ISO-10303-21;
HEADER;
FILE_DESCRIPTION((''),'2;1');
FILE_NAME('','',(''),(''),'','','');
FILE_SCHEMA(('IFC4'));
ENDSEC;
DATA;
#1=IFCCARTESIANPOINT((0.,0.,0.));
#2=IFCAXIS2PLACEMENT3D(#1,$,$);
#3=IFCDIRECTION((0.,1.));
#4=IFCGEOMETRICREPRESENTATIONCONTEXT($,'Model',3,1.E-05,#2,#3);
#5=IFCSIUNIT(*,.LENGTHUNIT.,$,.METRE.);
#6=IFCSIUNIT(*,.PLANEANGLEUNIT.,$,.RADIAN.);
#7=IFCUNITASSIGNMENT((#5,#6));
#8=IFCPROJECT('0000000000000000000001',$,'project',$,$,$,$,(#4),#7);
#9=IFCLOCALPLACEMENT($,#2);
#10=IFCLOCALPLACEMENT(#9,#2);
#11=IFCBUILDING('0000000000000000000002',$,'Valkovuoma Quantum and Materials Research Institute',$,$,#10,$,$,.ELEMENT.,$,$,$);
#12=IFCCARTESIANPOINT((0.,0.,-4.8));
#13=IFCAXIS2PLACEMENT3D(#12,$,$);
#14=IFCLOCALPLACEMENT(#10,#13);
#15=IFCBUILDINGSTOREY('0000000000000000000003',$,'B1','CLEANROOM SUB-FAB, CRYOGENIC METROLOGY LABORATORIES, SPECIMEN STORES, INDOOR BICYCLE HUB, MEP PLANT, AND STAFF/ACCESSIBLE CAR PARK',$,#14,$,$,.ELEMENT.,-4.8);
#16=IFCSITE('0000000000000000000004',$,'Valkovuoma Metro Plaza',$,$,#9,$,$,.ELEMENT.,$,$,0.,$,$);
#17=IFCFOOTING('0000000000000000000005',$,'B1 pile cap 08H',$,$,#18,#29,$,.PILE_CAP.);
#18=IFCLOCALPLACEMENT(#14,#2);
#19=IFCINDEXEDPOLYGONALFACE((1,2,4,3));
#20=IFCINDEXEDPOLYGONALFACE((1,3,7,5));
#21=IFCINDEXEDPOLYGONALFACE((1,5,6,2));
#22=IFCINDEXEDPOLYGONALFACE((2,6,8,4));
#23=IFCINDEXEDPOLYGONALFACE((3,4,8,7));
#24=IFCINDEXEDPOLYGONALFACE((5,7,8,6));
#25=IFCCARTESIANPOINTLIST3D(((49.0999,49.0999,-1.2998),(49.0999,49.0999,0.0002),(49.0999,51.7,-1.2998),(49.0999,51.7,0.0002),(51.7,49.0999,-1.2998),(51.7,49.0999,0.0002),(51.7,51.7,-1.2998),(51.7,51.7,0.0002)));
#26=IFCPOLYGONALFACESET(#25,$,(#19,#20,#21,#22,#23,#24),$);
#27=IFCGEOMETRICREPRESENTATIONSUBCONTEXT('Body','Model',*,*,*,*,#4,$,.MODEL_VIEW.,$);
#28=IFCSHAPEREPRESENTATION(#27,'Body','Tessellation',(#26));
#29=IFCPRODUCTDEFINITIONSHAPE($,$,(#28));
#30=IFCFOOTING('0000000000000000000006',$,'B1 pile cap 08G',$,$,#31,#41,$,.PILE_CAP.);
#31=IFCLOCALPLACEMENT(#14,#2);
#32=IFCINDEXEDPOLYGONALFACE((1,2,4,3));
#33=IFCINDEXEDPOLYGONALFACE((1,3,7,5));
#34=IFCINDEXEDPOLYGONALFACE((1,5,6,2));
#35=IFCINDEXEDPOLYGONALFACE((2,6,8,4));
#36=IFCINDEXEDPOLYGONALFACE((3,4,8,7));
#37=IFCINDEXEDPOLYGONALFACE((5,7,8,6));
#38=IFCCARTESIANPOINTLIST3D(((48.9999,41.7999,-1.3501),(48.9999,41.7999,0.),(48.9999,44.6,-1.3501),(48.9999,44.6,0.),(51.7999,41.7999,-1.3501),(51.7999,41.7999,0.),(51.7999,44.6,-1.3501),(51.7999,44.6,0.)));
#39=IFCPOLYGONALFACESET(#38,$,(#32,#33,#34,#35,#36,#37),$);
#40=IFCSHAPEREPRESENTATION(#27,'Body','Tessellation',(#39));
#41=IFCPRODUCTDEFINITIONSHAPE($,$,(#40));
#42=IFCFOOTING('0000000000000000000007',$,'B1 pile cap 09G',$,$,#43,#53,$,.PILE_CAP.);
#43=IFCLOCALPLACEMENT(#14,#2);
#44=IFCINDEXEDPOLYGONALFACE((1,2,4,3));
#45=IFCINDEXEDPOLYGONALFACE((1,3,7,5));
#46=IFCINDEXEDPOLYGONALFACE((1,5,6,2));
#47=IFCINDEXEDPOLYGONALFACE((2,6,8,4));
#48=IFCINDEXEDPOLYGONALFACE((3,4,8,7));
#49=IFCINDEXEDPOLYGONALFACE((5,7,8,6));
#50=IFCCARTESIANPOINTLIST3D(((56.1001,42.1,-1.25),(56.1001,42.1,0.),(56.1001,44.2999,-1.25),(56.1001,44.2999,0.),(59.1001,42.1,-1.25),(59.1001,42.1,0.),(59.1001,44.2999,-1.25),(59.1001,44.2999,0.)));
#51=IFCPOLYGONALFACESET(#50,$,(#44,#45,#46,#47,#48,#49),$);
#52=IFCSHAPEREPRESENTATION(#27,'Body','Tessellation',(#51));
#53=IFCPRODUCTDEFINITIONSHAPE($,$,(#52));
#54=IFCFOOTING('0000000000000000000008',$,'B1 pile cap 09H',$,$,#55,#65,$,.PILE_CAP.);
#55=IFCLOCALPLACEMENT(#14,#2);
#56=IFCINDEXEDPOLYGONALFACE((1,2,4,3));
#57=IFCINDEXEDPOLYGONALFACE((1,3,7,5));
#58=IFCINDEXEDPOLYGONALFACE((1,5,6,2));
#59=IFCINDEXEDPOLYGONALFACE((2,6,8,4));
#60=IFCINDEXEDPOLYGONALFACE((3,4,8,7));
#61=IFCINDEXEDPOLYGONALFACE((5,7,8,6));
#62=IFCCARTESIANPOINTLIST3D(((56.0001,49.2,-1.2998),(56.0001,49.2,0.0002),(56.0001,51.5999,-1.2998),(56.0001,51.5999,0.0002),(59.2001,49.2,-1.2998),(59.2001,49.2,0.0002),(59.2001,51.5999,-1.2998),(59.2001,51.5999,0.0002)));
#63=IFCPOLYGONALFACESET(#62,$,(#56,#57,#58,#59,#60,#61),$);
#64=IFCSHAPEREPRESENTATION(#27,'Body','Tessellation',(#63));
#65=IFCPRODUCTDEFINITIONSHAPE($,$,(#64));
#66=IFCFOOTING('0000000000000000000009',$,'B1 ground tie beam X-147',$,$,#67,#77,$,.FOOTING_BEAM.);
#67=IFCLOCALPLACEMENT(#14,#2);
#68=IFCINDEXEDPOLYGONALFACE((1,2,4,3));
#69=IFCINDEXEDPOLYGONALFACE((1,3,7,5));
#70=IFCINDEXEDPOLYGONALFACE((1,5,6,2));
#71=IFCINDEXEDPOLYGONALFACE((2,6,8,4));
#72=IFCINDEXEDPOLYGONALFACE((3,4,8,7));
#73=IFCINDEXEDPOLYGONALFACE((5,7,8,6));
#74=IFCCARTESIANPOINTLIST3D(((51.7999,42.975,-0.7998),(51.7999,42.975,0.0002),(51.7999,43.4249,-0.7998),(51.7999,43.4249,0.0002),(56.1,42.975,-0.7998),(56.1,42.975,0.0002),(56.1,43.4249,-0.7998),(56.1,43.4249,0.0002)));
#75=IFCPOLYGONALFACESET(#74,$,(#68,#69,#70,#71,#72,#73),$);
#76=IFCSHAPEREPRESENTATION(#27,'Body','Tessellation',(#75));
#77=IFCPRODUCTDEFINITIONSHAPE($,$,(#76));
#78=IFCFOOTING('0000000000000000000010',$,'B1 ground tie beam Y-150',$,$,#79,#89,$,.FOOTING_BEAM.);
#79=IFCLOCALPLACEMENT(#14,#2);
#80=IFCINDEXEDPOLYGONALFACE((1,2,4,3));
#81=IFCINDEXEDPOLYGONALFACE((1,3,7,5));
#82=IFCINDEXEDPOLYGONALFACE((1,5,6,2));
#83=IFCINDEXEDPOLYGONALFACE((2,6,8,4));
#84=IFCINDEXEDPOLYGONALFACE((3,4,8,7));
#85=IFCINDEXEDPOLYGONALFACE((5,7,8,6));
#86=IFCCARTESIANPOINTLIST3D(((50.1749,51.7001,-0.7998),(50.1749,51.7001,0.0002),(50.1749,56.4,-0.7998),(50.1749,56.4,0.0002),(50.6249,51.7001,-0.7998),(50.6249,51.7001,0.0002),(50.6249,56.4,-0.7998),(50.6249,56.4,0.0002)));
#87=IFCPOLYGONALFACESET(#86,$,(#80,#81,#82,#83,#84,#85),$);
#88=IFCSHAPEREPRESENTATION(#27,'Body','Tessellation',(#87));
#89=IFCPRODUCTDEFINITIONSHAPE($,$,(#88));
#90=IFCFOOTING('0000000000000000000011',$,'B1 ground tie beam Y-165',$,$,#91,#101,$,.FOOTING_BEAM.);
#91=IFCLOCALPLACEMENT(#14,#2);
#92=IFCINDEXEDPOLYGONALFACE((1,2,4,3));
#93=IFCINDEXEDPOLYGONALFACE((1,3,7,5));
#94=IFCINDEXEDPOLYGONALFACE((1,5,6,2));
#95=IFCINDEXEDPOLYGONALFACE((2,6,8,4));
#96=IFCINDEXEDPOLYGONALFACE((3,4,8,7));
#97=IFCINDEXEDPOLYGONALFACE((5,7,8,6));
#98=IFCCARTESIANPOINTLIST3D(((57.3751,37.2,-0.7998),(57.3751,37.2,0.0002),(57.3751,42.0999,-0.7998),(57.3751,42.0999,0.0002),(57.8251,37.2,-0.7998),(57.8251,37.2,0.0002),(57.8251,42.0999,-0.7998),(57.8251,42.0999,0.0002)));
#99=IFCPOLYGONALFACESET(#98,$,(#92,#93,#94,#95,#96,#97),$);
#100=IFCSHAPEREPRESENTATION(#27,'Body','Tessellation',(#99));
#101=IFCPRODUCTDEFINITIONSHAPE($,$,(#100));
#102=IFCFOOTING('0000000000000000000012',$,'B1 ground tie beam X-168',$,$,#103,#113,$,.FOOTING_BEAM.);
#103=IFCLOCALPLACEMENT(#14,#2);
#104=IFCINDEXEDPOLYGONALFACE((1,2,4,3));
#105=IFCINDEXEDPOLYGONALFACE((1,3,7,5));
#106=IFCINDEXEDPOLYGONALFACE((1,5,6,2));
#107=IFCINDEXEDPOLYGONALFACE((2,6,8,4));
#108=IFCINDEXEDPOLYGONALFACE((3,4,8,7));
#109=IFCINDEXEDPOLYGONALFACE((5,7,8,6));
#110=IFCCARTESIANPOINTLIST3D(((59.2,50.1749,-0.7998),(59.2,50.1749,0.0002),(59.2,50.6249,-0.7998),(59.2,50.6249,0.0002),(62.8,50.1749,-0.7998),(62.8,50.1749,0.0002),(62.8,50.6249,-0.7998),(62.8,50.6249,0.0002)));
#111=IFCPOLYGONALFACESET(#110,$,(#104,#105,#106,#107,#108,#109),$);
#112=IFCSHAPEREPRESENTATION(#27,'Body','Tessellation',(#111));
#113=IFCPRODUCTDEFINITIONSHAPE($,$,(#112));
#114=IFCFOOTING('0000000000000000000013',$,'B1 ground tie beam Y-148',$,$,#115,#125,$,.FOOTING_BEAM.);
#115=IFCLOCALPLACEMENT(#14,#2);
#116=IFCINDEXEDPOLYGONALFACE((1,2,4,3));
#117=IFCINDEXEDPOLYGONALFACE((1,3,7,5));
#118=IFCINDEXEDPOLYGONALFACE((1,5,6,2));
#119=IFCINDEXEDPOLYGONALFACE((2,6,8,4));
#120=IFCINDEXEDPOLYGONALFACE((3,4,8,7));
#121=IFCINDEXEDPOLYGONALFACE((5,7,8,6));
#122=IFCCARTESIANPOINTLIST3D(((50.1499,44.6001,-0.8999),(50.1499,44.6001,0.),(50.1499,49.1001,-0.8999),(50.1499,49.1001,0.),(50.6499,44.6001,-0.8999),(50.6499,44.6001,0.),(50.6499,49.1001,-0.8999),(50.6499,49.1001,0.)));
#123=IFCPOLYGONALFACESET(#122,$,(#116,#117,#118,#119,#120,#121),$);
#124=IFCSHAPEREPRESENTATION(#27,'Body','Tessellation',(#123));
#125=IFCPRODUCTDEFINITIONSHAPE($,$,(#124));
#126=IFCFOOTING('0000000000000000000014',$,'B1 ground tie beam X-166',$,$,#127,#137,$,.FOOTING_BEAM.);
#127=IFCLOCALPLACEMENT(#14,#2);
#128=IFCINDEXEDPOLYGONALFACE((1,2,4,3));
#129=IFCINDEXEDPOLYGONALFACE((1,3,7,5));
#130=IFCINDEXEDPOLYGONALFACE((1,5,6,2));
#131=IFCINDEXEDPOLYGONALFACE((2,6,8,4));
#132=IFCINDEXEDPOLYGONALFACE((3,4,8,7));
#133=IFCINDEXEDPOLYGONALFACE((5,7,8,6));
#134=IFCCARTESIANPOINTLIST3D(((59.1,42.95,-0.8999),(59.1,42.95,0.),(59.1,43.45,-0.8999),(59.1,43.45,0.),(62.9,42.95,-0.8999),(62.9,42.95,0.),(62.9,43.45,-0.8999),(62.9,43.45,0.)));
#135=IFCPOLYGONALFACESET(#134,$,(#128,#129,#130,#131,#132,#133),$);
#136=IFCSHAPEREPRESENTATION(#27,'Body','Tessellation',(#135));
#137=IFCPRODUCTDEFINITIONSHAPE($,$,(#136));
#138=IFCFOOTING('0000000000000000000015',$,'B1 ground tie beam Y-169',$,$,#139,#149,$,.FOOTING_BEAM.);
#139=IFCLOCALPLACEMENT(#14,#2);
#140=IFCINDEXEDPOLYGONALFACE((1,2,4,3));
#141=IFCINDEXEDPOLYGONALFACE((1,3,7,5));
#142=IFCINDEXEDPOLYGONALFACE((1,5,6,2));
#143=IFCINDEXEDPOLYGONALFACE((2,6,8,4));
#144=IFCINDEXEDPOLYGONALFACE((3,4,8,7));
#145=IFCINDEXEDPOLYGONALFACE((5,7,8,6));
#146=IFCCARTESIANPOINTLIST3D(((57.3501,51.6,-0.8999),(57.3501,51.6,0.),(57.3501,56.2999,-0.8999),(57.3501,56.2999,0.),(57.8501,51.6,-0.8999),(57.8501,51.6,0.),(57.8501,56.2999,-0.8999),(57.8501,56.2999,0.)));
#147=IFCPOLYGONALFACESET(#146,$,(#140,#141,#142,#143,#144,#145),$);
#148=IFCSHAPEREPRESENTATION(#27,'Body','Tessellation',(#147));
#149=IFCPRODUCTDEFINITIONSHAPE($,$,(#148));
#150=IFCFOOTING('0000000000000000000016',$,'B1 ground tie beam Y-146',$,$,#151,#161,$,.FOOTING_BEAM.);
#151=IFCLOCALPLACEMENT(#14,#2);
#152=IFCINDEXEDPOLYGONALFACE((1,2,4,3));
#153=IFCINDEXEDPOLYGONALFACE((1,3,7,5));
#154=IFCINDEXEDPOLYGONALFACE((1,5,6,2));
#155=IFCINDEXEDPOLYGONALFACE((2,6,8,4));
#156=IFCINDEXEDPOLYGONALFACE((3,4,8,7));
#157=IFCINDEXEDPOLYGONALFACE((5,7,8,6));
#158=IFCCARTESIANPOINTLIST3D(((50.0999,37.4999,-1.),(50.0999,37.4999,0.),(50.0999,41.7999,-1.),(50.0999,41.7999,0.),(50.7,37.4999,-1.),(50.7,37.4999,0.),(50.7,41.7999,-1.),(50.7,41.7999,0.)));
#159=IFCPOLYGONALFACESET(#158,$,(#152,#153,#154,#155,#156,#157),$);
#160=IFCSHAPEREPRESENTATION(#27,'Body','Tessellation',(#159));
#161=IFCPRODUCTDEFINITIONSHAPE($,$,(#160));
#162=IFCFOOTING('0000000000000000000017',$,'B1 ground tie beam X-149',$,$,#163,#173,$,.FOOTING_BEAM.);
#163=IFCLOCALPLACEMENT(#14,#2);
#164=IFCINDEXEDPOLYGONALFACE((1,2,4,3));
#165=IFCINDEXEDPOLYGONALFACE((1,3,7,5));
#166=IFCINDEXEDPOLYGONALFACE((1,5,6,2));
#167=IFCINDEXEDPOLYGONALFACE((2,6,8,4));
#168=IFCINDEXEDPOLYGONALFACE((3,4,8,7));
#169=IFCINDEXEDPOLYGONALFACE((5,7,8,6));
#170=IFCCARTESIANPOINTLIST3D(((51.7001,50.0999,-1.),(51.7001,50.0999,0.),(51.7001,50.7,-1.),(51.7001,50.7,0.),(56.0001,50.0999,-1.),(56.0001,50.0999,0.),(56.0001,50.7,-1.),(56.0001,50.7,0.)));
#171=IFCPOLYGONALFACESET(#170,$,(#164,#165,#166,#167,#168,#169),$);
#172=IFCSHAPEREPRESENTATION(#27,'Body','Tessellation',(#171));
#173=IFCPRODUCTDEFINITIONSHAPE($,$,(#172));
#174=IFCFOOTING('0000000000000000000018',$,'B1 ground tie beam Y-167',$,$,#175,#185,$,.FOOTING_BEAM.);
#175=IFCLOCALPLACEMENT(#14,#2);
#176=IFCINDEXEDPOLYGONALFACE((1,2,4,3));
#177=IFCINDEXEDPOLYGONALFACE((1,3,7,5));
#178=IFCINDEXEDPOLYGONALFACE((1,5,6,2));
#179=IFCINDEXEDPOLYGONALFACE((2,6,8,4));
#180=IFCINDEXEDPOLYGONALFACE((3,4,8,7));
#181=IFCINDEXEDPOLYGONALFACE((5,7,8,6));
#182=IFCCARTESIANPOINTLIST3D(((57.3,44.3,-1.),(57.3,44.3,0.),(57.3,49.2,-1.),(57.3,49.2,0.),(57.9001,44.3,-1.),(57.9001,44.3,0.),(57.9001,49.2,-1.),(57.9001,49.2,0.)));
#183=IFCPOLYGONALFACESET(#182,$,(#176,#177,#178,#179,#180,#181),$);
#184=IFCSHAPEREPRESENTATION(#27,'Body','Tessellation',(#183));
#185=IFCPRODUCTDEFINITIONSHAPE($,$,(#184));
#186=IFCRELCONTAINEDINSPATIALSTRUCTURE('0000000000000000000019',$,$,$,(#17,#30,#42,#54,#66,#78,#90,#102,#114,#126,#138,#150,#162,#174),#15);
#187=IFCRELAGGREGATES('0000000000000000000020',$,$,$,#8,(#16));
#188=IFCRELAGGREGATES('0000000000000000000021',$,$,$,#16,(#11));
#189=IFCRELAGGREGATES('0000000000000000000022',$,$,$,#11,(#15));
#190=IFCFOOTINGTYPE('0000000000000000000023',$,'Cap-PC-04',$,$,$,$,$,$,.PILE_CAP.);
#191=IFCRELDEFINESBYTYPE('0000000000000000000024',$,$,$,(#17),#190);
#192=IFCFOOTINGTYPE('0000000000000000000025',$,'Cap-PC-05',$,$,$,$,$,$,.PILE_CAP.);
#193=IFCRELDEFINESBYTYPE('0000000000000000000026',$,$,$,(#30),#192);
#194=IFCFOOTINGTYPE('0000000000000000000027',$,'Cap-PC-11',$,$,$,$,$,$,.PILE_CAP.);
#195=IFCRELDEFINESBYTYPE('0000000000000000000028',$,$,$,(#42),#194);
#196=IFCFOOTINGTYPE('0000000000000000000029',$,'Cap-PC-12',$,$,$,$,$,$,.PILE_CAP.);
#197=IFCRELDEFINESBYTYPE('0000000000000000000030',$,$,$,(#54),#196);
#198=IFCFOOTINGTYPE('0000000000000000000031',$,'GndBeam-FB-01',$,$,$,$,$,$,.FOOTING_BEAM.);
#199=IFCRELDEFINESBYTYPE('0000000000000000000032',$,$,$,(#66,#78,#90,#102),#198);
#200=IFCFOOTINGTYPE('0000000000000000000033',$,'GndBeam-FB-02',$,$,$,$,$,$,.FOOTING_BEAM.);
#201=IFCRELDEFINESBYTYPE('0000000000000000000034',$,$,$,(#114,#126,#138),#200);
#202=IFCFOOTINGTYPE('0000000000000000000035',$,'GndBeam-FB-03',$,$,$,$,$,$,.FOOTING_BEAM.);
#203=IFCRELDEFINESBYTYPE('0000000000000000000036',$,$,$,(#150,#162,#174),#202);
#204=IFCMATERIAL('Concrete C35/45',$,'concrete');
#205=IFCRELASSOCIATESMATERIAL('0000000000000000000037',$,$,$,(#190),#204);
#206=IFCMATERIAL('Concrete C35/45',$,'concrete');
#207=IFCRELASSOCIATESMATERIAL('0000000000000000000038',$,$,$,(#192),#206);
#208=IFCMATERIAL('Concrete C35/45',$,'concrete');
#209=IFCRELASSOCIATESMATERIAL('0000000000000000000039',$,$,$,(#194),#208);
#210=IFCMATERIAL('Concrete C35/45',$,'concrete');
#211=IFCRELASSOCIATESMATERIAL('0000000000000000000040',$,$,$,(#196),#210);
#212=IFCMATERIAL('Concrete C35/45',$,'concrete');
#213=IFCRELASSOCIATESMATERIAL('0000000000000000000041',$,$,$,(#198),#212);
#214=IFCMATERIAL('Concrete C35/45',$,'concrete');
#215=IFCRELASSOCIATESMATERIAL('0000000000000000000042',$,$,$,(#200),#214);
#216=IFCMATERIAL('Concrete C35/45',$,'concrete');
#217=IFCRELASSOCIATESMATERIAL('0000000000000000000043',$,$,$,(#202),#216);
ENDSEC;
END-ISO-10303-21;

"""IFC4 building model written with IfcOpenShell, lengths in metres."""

from ifc_helpers import new_model, si_unit, direction, frame, origin, origin_2d, place, context, subcontext, project, spatial, rectangle, extrude, material, type_object, element, save


model = new_model("IFC4")

# Units and contexts
model_context = context("Model", 3, precision=1e-05, world=origin(), true_north=direction((0.0, 1.0)))
body_context = subcontext(model_context, "Body", "Model", "MODEL_VIEW")
ifc_project = project(units=[si_unit("LENGTHUNIT", "METRE"), si_unit("PLANEANGLEUNIT", "RADIAN")], contexts=[model_context])

# Site, building, storey
site_placement = place(None, origin())
site = spatial("IfcSite", under=ifc_project, at=site_placement, Name="Valkovuoma Metro Plaza", CompositionType="ELEMENT", RefElevation=0.0)
building_placement = place(site_placement, origin())
building = spatial("IfcBuilding", under=site, at=building_placement, Name="Valkovuoma Quantum and Materials Research Institute", CompositionType="ELEMENT")
storey_placement = place(building_placement, frame((0.0, 0.0, -4.8)))
storey = spatial("IfcBuildingStorey", under=building, at=storey_placement, Name="B1", Description="CLEANROOM SUB-FAB, CRYOGENIC METROLOGY LABORATORIES, SPECIMEN STORES, INDOOR BICYCLE HUB, MEP PLANT, AND STAFF/ACCESSIBLE CAR PARK", CompositionType="ELEMENT", Elevation=-4.8)

# Footings
ifc_material_1 = material(Name="Concrete C35/45", Category="concrete")
footing_type_1 = type_object("IfcFootingType", Name="Cap-PC-04", PredefinedType="PILE_CAP", material=ifc_material_1)
footing_1_placement = place(storey_placement, frame((50.3999, 50.3999, -1.2998), z_axis=(0.0, 0.0, 1.0), x_axis=(1.0, 0.0, 0.0)))
element("IfcFooting", 1, at=footing_1_placement, inside=storey, type_object=footing_type_1, Name="B1 pile cap 08H", PredefinedType="PILE_CAP", context=body_context, shape_type="SweptSolid", body=[
    extrude(rectangle(XDim=2.6001, YDim=2.6001, at=origin_2d()), origin(), (0.0, 0.0, 1.0), 1.3),
])
ifc_material_2 = material(Name="Concrete C35/45", Category="concrete")
footing_type_2 = type_object("IfcFootingType", Name="Cap-PC-05", PredefinedType="PILE_CAP", material=ifc_material_2)
footing_2_placement = place(storey_placement, frame((50.3999, 43.2, -1.3501), z_axis=(0.0, 0.0, 1.0), x_axis=(1.0, 0.0, 0.0)))
element("IfcFooting", 2, at=footing_2_placement, inside=storey, type_object=footing_type_2, Name="B1 pile cap 08G", PredefinedType="PILE_CAP", context=body_context, shape_type="SweptSolid", body=[
    extrude(rectangle(XDim=2.8, YDim=2.8, at=origin_2d()), origin(), (0.0, 0.0, 1.0), 1.3501),
])
ifc_material_3 = material(Name="Concrete C35/45", Category="concrete")
footing_type_3 = type_object("IfcFootingType", Name="Cap-PC-11", PredefinedType="PILE_CAP", material=ifc_material_3)
footing_3_placement = place(storey_placement, frame((57.6001, 43.2, -1.25), z_axis=(0.0, 0.0, 1.0), x_axis=(1.0, 0.0, 0.0)))
element("IfcFooting", 3, at=footing_3_placement, inside=storey, type_object=footing_type_3, Name="B1 pile cap 09G", PredefinedType="PILE_CAP", context=body_context, shape_type="SweptSolid", body=[
    extrude(rectangle(XDim=3.0, YDim=2.2, at=origin_2d()), origin(), (0.0, 0.0, 1.0), 1.25),
])
ifc_material_4 = material(Name="Concrete C35/45", Category="concrete")
footing_type_4 = type_object("IfcFootingType", Name="Cap-PC-12", PredefinedType="PILE_CAP", material=ifc_material_4)
footing_4_placement = place(storey_placement, frame((57.6001, 50.3999, -1.2998), z_axis=(0.0, 0.0, 1.0), x_axis=(1.0, 0.0, 0.0)))
element("IfcFooting", 4, at=footing_4_placement, inside=storey, type_object=footing_type_4, Name="B1 pile cap 09H", PredefinedType="PILE_CAP", context=body_context, shape_type="SweptSolid", body=[
    extrude(rectangle(XDim=3.2, YDim=2.3999, at=origin_2d()), origin(), (0.0, 0.0, 1.0), 1.3),
])
ifc_material_5 = material(Name="Concrete C35/45", Category="concrete")
footing_type_5 = type_object("IfcFootingType", Name="GndBeam-FB-01", PredefinedType="FOOTING_BEAM", material=ifc_material_5)
footing_5_placement = place(storey_placement, frame((53.95, 43.2, -0.7998), z_axis=(0.0, 0.0, 1.0), x_axis=(1.0, 0.0, 0.0)))
element("IfcFooting", 5, at=footing_5_placement, inside=storey, type_object=footing_type_5, Name="B1 ground tie beam X-147", PredefinedType="FOOTING_BEAM", context=body_context, shape_type="SweptSolid", body=[
    extrude(rectangle(XDim=4.3, YDim=0.45, at=origin_2d()), origin(), (0.0, 0.0, 1.0), 0.8),
])
footing_6_placement = place(storey_placement, frame((50.3999, 54.05, -0.7998), z_axis=(0.0, 0.0, 1.0), x_axis=(0.0, 1.0, 0.0)))
element("IfcFooting", 6, at=footing_6_placement, inside=storey, type_object=footing_type_5, Name="B1 ground tie beam Y-150", PredefinedType="FOOTING_BEAM", context=body_context, shape_type="SweptSolid", body=[
    extrude(rectangle(XDim=4.7, YDim=0.45, at=origin_2d()), origin(), (0.0, 0.0, 1.0), 0.8),
])
footing_7_placement = place(storey_placement, frame((57.6001, 39.6499, -0.7998), z_axis=(0.0, 0.0, 1.0), x_axis=(0.0, 1.0, 0.0)))
element("IfcFooting", 7, at=footing_7_placement, inside=storey, type_object=footing_type_5, Name="B1 ground tie beam Y-165", PredefinedType="FOOTING_BEAM", context=body_context, shape_type="SweptSolid", body=[
    extrude(rectangle(XDim=4.8999, YDim=0.45, at=origin_2d()), origin(), (0.0, 0.0, 1.0), 0.8),
])
footing_8_placement = place(storey_placement, frame((61.0, 50.3999, -0.7998), z_axis=(0.0, 0.0, 1.0), x_axis=(1.0, 0.0, 0.0)))
element("IfcFooting", 8, at=footing_8_placement, inside=storey, type_object=footing_type_5, Name="B1 ground tie beam X-168", PredefinedType="FOOTING_BEAM", context=body_context, shape_type="SweptSolid", body=[
    extrude(rectangle(XDim=3.6001, YDim=0.45, at=origin_2d()), origin(), (0.0, 0.0, 1.0), 0.8),
])
ifc_material_6 = material(Name="Concrete C35/45", Category="concrete")
footing_type_6 = type_object("IfcFootingType", Name="GndBeam-FB-02", PredefinedType="FOOTING_BEAM", material=ifc_material_6)
footing_9_placement = place(storey_placement, frame((50.3999, 46.8501, -0.8999), z_axis=(0.0, 0.0, 1.0), x_axis=(0.0, 1.0, 0.0)))
element("IfcFooting", 9, at=footing_9_placement, inside=storey, type_object=footing_type_6, Name="B1 ground tie beam Y-148", PredefinedType="FOOTING_BEAM", context=body_context, shape_type="SweptSolid", body=[
    extrude(rectangle(XDim=4.5, YDim=0.5, at=origin_2d()), origin(), (0.0, 0.0, 1.0), 0.8999),
])
footing_10_placement = place(storey_placement, frame((61.0, 43.2, -0.8999), z_axis=(0.0, 0.0, 1.0), x_axis=(1.0, 0.0, 0.0)))
element("IfcFooting", 10, at=footing_10_placement, inside=storey, type_object=footing_type_6, Name="B1 ground tie beam X-166", PredefinedType="FOOTING_BEAM", context=body_context, shape_type="SweptSolid", body=[
    extrude(rectangle(XDim=3.8, YDim=0.5, at=origin_2d()), origin(), (0.0, 0.0, 1.0), 0.8999),
])
footing_11_placement = place(storey_placement, frame((57.6001, 53.95, -0.8999), z_axis=(0.0, 0.0, 1.0), x_axis=(0.0, 1.0, 0.0)))
element("IfcFooting", 11, at=footing_11_placement, inside=storey, type_object=footing_type_6, Name="B1 ground tie beam Y-169", PredefinedType="FOOTING_BEAM", context=body_context, shape_type="SweptSolid", body=[
    extrude(rectangle(XDim=4.7, YDim=0.5, at=origin_2d()), origin(), (0.0, 0.0, 1.0), 0.8999),
])
ifc_material_7 = material(Name="Concrete C35/45", Category="concrete")
footing_type_7 = type_object("IfcFootingType", Name="GndBeam-FB-03", PredefinedType="FOOTING_BEAM", material=ifc_material_7)
for number, where, z_axis, x_axis, name in (
    (12, (50.3999, 39.6499, -1.0), (0.0, 0.0, 1.0), (0.0, 1.0, 0.0), "B1 ground tie beam Y-146"),
    (13, (53.8501, 50.3999, -1.0), (0.0, 0.0, 1.0), (1.0, 0.0, 0.0), "B1 ground tie beam X-149"),
):
    element("IfcFooting", number, at=place(storey_placement, frame(where, z_axis=z_axis, x_axis=x_axis)), inside=storey, type_object=footing_type_7, Name=name, PredefinedType="FOOTING_BEAM", context=body_context, shape_type="SweptSolid", body=[
        extrude(rectangle(XDim=4.3, YDim=0.6001, at=origin_2d()), origin(), (0.0, 0.0, 1.0), 1.0),
    ])
footing_12_placement = place(storey_placement, frame((57.6001, 46.75, -1.0), z_axis=(0.0, 0.0, 1.0), x_axis=(0.0, 1.0, 0.0)))
element("IfcFooting", 14, at=footing_12_placement, inside=storey, type_object=footing_type_7, Name="B1 ground tie beam Y-167", PredefinedType="FOOTING_BEAM", context=body_context, shape_type="SweptSolid", body=[
    extrude(rectangle(XDim=4.8999, YDim=0.6001, at=origin_2d()), origin(), (0.0, 0.0, 1.0), 1.0),
])

save(model, "model.ifc")
